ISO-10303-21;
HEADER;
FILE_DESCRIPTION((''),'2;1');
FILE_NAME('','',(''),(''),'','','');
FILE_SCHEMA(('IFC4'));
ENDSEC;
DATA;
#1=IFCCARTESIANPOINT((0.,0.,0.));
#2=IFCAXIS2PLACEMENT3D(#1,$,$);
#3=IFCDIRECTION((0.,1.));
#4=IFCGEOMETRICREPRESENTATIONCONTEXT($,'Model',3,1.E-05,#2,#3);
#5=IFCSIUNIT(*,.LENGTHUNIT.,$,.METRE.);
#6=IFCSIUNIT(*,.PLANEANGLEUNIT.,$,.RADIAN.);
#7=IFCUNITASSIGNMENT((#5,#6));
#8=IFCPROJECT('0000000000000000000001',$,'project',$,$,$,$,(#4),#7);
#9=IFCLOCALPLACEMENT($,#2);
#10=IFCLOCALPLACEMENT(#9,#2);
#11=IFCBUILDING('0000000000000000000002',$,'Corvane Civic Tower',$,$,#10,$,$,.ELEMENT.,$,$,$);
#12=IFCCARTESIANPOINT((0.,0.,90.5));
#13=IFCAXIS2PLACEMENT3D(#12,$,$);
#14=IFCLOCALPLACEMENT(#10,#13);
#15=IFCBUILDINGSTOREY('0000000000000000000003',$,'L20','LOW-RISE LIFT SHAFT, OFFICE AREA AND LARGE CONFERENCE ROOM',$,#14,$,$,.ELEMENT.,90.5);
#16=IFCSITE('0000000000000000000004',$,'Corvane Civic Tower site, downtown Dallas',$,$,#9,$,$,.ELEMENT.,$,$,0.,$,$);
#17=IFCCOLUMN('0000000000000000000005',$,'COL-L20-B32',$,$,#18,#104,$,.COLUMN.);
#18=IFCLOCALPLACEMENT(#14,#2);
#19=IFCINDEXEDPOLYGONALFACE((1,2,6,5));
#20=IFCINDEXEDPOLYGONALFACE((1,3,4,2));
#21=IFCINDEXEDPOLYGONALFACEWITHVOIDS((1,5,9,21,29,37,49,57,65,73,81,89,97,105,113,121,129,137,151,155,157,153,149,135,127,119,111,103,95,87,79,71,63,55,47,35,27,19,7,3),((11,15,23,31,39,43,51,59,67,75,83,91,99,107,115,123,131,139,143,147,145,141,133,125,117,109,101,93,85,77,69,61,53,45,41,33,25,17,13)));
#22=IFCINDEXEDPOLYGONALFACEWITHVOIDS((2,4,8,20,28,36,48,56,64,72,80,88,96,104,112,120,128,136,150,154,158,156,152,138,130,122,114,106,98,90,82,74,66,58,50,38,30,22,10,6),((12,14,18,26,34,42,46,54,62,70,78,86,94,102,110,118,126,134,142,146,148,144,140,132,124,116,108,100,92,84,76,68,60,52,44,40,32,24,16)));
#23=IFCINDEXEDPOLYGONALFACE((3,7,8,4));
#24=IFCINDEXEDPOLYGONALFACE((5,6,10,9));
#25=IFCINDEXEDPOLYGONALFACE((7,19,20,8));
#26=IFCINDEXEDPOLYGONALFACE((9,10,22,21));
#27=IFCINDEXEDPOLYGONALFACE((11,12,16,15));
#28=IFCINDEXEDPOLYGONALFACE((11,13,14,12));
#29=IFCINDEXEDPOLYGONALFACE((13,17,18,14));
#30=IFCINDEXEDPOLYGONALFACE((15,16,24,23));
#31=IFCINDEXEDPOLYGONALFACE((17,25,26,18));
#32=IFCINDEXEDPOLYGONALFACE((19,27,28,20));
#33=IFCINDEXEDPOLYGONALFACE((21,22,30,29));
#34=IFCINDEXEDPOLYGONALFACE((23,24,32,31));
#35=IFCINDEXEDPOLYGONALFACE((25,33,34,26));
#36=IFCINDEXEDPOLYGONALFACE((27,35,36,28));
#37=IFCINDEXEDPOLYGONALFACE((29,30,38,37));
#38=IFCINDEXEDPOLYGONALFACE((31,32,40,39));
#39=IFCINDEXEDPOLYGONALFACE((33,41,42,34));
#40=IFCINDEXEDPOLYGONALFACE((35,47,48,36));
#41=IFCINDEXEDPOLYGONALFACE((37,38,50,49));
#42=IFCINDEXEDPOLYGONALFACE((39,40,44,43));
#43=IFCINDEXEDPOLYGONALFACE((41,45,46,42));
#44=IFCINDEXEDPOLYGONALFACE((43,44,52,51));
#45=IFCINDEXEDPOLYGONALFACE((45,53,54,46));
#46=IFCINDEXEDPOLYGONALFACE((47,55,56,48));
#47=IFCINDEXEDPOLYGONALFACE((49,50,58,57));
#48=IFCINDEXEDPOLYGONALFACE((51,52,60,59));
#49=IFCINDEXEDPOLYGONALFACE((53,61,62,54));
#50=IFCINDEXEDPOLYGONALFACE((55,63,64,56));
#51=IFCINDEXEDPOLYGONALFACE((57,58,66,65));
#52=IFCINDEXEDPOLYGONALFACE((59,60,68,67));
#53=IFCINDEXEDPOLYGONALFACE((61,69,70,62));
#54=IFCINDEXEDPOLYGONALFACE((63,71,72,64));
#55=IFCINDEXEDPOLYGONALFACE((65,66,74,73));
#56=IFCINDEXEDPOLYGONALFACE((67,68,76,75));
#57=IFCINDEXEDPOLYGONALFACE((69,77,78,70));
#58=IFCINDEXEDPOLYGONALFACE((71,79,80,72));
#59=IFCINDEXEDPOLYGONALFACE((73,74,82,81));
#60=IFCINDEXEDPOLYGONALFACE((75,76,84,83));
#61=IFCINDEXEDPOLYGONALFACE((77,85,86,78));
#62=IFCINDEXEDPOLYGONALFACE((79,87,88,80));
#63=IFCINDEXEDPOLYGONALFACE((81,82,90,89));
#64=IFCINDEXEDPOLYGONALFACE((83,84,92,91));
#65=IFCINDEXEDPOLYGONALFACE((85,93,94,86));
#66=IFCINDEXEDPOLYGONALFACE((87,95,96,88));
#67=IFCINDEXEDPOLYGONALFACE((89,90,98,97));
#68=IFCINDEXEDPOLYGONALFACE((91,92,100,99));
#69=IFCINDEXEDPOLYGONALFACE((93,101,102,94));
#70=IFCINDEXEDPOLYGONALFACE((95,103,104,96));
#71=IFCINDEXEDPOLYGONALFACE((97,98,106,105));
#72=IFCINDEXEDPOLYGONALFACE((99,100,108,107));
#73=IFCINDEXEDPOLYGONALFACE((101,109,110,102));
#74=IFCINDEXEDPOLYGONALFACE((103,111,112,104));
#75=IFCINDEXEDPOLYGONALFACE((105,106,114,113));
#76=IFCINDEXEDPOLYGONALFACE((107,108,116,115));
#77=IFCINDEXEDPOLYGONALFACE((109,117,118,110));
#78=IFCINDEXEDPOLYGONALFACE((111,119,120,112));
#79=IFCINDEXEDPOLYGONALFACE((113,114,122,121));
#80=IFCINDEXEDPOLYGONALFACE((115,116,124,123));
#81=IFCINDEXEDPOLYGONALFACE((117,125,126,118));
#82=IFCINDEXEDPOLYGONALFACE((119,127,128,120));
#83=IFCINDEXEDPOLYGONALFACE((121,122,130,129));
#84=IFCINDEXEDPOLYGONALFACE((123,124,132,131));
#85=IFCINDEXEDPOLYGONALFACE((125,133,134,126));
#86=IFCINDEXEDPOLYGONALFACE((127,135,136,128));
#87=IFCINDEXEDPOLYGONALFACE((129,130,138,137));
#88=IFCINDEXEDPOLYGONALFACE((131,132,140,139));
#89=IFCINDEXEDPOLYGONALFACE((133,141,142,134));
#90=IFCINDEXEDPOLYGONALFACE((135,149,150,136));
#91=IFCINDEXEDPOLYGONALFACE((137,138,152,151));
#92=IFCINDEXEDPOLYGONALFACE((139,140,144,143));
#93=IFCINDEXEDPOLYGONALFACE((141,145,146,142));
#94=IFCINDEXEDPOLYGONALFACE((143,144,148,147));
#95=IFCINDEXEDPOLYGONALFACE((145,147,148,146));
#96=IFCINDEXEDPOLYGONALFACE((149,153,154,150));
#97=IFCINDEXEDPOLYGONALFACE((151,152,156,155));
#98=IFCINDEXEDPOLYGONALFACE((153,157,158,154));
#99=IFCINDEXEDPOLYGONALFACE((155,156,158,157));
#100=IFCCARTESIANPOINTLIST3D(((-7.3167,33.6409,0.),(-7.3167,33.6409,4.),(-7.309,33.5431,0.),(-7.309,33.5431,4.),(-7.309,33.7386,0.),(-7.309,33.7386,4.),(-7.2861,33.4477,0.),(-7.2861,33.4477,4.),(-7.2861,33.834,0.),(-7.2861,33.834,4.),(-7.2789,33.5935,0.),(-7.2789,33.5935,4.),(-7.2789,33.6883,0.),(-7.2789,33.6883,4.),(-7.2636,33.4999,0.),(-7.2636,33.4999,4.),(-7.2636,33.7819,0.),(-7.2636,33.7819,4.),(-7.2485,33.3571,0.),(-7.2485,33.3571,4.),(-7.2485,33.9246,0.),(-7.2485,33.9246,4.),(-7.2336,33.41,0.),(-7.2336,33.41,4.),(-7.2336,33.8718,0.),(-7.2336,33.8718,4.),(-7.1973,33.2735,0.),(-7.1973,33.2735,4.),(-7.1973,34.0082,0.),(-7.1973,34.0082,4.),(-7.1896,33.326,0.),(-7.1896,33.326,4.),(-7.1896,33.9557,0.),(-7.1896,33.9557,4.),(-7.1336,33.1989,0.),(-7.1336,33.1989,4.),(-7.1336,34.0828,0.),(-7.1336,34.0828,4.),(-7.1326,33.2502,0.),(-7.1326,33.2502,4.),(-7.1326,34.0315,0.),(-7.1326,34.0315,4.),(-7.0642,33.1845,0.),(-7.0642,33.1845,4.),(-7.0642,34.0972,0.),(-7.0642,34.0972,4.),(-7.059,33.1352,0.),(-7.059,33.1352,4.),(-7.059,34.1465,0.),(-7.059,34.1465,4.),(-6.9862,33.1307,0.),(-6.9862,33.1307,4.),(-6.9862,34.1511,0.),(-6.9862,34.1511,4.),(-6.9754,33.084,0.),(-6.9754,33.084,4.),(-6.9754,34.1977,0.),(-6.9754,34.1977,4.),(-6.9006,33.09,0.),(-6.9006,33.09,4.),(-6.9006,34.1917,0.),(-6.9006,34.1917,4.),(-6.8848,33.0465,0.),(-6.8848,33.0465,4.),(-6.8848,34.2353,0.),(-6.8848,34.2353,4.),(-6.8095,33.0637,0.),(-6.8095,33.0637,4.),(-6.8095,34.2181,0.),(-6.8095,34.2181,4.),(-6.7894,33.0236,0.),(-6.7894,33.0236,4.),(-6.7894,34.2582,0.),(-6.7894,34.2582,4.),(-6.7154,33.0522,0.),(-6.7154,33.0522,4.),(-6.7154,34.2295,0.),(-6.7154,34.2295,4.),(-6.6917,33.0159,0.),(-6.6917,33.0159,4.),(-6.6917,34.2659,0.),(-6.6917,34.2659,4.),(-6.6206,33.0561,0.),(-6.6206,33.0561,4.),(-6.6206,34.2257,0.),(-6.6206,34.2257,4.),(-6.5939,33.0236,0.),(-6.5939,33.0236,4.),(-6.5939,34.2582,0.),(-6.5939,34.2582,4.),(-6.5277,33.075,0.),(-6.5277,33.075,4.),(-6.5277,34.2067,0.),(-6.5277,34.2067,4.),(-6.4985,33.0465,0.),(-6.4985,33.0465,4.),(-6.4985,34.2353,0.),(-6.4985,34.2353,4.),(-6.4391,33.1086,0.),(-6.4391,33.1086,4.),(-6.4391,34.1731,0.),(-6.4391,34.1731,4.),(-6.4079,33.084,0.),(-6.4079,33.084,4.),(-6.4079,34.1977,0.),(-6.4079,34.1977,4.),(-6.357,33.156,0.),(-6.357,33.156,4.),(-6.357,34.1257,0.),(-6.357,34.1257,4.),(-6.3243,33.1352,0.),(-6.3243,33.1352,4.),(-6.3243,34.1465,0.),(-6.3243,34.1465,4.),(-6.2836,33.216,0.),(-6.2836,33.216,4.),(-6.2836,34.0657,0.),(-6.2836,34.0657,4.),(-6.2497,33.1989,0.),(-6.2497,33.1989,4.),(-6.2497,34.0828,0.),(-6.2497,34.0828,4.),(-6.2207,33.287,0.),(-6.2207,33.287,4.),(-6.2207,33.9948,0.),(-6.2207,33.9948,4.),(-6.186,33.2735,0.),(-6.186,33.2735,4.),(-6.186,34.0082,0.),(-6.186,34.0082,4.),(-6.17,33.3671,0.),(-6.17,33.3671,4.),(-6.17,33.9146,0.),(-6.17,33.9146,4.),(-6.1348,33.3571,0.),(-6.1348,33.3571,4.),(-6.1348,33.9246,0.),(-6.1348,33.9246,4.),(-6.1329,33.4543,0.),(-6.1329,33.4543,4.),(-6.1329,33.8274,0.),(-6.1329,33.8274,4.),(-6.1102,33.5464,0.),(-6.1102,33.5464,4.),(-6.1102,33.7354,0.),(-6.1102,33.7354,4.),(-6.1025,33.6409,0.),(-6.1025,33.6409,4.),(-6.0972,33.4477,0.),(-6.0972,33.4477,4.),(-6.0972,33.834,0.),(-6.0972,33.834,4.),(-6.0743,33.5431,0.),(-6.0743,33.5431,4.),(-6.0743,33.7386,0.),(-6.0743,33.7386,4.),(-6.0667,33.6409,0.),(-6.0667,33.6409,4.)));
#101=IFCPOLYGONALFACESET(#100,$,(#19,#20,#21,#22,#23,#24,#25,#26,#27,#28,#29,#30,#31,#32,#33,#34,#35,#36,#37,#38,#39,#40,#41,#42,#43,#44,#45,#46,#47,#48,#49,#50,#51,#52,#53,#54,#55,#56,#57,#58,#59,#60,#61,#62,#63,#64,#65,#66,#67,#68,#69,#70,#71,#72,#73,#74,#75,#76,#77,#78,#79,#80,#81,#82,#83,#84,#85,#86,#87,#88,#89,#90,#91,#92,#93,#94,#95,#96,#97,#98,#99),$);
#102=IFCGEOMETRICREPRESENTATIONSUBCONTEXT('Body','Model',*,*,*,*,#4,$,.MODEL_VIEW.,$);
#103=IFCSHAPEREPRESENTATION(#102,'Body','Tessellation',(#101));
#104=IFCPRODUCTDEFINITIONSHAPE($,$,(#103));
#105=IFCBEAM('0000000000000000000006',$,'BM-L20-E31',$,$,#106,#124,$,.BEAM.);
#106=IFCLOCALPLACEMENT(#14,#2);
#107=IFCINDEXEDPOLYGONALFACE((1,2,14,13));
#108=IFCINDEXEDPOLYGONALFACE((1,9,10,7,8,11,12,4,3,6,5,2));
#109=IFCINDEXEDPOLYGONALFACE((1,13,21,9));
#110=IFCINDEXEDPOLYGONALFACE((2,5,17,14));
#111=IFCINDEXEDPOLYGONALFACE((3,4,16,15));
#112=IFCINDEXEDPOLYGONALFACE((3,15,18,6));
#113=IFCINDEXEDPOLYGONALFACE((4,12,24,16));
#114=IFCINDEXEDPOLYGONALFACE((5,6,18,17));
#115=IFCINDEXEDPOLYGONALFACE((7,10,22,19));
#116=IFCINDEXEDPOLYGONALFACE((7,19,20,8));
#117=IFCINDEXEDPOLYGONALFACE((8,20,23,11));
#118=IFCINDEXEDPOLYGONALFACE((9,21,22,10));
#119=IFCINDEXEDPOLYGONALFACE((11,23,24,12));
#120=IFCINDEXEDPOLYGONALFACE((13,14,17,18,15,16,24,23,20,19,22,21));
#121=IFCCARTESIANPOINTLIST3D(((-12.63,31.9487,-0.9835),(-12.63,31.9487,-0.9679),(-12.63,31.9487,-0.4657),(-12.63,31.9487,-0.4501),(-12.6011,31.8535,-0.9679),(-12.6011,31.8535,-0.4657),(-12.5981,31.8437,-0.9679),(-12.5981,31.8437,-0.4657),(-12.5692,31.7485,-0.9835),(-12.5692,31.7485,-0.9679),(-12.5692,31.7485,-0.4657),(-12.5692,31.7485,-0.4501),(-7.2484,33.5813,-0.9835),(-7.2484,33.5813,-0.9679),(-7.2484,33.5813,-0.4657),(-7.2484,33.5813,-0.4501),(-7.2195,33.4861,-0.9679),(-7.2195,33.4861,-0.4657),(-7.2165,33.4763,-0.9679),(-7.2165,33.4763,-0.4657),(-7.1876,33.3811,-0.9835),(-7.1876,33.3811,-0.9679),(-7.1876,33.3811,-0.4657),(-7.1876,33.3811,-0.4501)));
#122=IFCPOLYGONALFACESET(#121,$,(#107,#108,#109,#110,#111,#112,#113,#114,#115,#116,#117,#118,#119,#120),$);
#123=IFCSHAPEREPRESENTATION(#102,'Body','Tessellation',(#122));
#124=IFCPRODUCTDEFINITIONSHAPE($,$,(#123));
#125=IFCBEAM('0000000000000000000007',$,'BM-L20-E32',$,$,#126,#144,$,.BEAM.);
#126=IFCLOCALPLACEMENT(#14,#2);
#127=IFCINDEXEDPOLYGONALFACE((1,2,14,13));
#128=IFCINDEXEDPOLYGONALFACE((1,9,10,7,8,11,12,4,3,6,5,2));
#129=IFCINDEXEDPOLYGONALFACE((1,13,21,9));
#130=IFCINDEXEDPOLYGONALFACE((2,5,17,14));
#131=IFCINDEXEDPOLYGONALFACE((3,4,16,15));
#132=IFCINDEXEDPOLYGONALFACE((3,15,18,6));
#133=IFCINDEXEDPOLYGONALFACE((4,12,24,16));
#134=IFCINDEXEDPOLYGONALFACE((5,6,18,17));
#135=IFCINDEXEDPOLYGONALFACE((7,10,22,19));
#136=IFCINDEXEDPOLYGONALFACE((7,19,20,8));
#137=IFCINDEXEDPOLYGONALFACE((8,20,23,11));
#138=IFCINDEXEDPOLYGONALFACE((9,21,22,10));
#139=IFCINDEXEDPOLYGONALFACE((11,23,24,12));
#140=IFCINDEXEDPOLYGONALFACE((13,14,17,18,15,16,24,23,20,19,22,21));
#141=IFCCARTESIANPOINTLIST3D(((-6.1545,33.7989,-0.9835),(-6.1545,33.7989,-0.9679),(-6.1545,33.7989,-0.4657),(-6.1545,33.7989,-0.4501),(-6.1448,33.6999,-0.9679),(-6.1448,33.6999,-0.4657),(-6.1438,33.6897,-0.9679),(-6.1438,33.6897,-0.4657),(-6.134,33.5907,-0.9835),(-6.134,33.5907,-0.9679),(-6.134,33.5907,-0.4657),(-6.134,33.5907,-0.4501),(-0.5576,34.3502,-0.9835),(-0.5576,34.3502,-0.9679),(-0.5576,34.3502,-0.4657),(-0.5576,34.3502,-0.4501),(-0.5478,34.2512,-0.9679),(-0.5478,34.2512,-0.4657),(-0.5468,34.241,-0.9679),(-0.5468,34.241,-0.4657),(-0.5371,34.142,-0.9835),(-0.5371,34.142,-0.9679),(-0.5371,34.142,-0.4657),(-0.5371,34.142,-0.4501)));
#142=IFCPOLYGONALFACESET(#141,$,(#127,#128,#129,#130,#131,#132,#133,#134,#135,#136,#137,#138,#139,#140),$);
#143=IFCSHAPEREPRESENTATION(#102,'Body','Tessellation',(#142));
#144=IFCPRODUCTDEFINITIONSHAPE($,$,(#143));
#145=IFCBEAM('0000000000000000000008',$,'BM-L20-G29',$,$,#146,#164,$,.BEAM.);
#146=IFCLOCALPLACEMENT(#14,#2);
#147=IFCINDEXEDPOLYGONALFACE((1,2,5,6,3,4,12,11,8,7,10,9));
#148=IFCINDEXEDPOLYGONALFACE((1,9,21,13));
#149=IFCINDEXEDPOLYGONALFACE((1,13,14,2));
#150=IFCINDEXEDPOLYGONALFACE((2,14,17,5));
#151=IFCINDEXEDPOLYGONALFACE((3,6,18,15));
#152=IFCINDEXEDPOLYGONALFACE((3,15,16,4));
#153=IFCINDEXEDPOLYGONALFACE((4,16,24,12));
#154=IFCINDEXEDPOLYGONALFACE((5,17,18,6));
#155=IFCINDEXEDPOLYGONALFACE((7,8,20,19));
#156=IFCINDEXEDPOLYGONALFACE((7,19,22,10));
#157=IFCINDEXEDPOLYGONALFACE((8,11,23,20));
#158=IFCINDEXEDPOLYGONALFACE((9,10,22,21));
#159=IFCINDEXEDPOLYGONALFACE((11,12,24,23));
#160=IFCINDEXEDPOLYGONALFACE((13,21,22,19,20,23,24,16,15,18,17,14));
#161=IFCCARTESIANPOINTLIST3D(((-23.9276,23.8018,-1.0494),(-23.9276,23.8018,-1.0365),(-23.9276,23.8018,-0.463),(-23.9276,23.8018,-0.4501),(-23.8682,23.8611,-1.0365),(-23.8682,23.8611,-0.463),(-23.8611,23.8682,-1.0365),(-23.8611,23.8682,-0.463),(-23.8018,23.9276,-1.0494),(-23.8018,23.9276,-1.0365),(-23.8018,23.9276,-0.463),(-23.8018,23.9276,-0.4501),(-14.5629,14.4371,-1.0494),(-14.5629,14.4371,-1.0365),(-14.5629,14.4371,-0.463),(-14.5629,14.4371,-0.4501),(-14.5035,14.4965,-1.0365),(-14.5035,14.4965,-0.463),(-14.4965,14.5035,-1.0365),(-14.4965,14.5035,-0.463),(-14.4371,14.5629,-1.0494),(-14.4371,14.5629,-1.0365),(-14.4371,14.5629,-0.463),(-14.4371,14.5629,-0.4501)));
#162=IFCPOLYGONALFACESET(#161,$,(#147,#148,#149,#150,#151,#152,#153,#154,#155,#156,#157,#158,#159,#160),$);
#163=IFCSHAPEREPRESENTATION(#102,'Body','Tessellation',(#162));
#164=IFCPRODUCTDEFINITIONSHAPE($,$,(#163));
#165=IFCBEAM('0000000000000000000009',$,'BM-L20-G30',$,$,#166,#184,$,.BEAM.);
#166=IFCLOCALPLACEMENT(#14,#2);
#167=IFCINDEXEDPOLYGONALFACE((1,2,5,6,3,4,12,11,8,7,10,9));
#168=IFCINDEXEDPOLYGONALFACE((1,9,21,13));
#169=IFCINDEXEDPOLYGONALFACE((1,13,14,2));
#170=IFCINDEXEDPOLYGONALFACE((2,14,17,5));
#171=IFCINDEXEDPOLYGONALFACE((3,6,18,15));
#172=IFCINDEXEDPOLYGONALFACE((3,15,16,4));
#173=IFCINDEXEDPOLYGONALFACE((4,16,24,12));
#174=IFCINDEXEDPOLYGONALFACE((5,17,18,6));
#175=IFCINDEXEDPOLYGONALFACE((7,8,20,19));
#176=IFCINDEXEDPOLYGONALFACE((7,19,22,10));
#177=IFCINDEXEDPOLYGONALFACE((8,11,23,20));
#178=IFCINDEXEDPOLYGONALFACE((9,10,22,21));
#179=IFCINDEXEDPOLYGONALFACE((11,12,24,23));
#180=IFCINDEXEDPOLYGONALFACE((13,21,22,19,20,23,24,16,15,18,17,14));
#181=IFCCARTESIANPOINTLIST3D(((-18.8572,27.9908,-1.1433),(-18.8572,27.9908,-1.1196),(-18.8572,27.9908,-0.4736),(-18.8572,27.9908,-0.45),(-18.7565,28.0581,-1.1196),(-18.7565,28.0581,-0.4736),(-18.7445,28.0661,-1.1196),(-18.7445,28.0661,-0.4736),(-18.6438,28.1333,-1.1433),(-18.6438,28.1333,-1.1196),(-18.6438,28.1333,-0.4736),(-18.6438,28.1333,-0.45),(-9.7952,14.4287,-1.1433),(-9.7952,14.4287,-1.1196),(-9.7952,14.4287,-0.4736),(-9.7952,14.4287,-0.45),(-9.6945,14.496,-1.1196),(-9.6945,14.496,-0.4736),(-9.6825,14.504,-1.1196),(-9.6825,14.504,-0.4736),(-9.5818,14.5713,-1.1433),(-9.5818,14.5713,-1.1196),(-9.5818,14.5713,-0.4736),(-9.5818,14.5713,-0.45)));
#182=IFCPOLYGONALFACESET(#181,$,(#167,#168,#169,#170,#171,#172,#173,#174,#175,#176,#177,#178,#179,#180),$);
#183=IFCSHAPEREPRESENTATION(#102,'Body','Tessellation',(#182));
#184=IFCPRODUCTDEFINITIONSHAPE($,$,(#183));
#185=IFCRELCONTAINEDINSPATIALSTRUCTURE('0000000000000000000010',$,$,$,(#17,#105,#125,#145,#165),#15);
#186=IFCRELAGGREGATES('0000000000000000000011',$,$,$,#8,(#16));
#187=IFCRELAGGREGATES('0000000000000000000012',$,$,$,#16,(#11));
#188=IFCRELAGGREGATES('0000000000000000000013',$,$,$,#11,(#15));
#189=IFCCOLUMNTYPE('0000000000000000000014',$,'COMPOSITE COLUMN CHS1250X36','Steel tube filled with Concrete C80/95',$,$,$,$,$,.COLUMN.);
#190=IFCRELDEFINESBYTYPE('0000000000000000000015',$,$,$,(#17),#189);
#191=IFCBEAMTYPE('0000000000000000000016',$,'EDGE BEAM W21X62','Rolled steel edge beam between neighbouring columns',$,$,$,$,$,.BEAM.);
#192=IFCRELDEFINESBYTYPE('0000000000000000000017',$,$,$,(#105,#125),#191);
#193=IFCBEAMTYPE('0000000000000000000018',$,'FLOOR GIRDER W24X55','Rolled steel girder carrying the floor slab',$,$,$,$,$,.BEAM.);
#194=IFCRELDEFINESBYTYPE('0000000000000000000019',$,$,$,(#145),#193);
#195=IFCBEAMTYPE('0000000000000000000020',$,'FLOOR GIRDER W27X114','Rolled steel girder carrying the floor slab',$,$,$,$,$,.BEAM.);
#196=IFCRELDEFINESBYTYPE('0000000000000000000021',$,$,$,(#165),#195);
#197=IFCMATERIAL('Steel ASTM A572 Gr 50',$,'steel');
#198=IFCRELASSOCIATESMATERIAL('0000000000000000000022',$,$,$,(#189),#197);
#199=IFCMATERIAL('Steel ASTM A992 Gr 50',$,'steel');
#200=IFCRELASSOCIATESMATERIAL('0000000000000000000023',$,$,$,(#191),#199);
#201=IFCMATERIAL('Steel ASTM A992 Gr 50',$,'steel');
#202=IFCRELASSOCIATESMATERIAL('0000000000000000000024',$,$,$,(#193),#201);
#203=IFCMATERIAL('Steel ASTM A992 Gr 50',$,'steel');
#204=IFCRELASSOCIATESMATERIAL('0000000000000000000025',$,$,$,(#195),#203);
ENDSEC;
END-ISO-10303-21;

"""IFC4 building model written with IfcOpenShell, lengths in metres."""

from ifc_helpers import new_model, si_unit, direction, frame, origin, origin_2d, place, context, subcontext, project, spatial, hollow_circle, i_section, extrude, material, material_profile, profile_set, type_object, element, save


model = new_model("IFC4")

# Units and contexts
model_context = context("Model", 3, precision=1e-05, world=origin(), true_north=direction((0.0, 1.0)))
body_context = subcontext(model_context, "Body", "Model", "MODEL_VIEW")
ifc_project = project(units=[si_unit("LENGTHUNIT", "METRE"), si_unit("PLANEANGLEUNIT", "RADIAN")], contexts=[model_context])

# Site, building, storey
site_placement = place(None, origin())
site = spatial("IfcSite", under=ifc_project, at=site_placement, Name="Corvane Civic Tower site, downtown Dallas", CompositionType="ELEMENT", RefElevation=0.0)
building_placement = place(site_placement, origin())
building = spatial("IfcBuilding", under=site, at=building_placement, Name="Corvane Civic Tower", CompositionType="ELEMENT")
storey_placement = place(building_placement, frame((0.0, 0.0, 90.5)))
storey = spatial("IfcBuildingStorey", under=building, at=storey_placement, Name="L20", Description="LOW-RISE LIFT SHAFT, OFFICE AREA AND LARGE CONFERENCE ROOM", CompositionType="ELEMENT", Elevation=90.5)

# Column
ifc_material_1 = material(Name="Steel ASTM A572 Gr 50", Category="steel")
ifc_material_profile_1 = material_profile(ifc_material_1, hollow_circle(Radius=0.625, WallThickness=0.0359, at=origin_2d()), Name="CHS1250X36")
ifc_profile_set_1 = profile_set([ifc_material_profile_1], Name="Steel ASTM A572 Gr 50")
column_type = type_object("IfcColumnType", Name="COMPOSITE COLUMN CHS1250X36", Description="Steel tube filled with Concrete C80/95", PredefinedType="COLUMN", material=ifc_profile_set_1)
for number, where, z_axis, x_axis, name in (
    (1, (-6.6917, 33.6409, 0.0), (0.0, 0.0, 1.0), (1.0, 0.0, 0.0), "COL-L20-B32"),
):
    element("IfcColumn", number, at=place(storey_placement, frame(where, z_axis=z_axis, x_axis=x_axis)), inside=storey, type_object=column_type, Name=name, PredefinedType="COLUMN", context=body_context, shape_type="SweptSolid", body=[
        extrude(hollow_circle(Radius=0.625, WallThickness=0.0359, at=origin_2d()), origin(), (0.0, 0.0, 1.0), 4.0),
    ])

# Beams
ifc_material_2 = material(Name="Steel ASTM A992 Gr 50", Category="steel")
ifc_material_profile_2 = material_profile(ifc_material_2, i_section(OverallWidth=0.2092, OverallDepth=0.5334, WebThickness=0.0103, FlangeThickness=0.0156, at=origin_2d()), Name="W21X62")
ifc_profile_set_2 = profile_set([ifc_material_profile_2], Name="Steel ASTM A992 Gr 50")
beam_type_1 = type_object("IfcBeamType", Name="EDGE BEAM W21X62", Description="Rolled steel edge beam between neighbouring columns", PredefinedType="BEAM", material=ifc_profile_set_2)
beam_1_placement = place(storey_placement, frame((-12.5996, 31.8486, -0.7168), z_axis=(0.956936, 0.290298, 0.0), x_axis=(-0.290298, 0.956936, 0.0)))
element("IfcBeam", 2, at=beam_1_placement, inside=storey, type_object=beam_type_1, Name="BM-L20-E31", PredefinedType="BEAM", context=body_context, shape_type="SweptSolid", body=[
    extrude(i_section(OverallWidth=0.2092, OverallDepth=0.5334, WebThickness=0.0103, FlangeThickness=0.0156, at=origin_2d()), origin(), (0.0, 0.0, 1.0), 5.6238),
])
beam_2_placement = place(storey_placement, frame((-6.1443, 33.6948, -0.7168), z_axis=(0.995184, 0.098021, 0.0), x_axis=(-0.098021, 0.995184, 0.0)))
element("IfcBeam", 3, at=beam_2_placement, inside=storey, type_object=beam_type_1, Name="BM-L20-E32", PredefinedType="BEAM", context=body_context, shape_type="SweptSolid", body=[
    extrude(i_section(OverallWidth=0.2092, OverallDepth=0.5334, WebThickness=0.0103, FlangeThickness=0.0156, at=origin_2d()), origin(), (0.0, 0.0, 1.0), 5.624),
])
ifc_material_3 = material(Name="Steel ASTM A992 Gr 50", Category="steel")
ifc_material_profile_3 = material_profile(ifc_material_3, i_section(OverallWidth=0.178, OverallDepth=0.5994, WebThickness=0.01, FlangeThickness=0.0129, at=origin_2d()), Name="W24X55")
ifc_profile_set_3 = profile_set([ifc_material_profile_3], Name="Steel ASTM A992 Gr 50")
beam_type_2 = type_object("IfcBeamType", Name="FLOOR GIRDER W24X55", Description="Rolled steel girder carrying the floor slab", PredefinedType="BEAM", material=ifc_profile_set_3)
beam_3_placement = place(storey_placement, frame((-14.5, 14.5, -0.7498), z_axis=(-0.707107, 0.707107, 0.0), x_axis=(-0.707107, -0.707107, 0.0)))
element("IfcBeam", 4, at=beam_3_placement, inside=storey, type_object=beam_type_2, Name="BM-L20-G29", PredefinedType="BEAM", context=body_context, shape_type="SweptSolid", body=[
    extrude(i_section(OverallWidth=0.178, OverallDepth=0.5994, WebThickness=0.01, FlangeThickness=0.0129, at=origin_2d()), origin(), (0.0, 0.0, 1.0), 13.2437),
])
ifc_material_4 = material(Name="Steel ASTM A992 Gr 50", Category="steel")
ifc_material_profile_4 = material_profile(ifc_material_4, i_section(OverallWidth=0.2566, OverallDepth=0.6934, WebThickness=0.0144, FlangeThickness=0.0237, at=origin_2d()), Name="W27X114")
ifc_profile_set_4 = profile_set([ifc_material_profile_4], Name="Steel ASTM A992 Gr 50")
beam_type_3 = type_object("IfcBeamType", Name="FLOOR GIRDER W27X114", Description="Rolled steel girder carrying the floor slab", PredefinedType="BEAM", material=ifc_profile_set_4)
beam_4_placement = place(storey_placement, frame((-9.6885, 14.5, -0.7966), z_axis=(-0.555577, 0.831465, 0.0), x_axis=(-0.831465, -0.555577, 0.0)))
element("IfcBeam", 5, at=beam_4_placement, inside=storey, type_object=beam_type_3, Name="BM-L20-G30", PredefinedType="BEAM", context=body_context, shape_type="SweptSolid", body=[
    extrude(i_section(OverallWidth=0.2566, OverallDepth=0.6934, WebThickness=0.0144, FlangeThickness=0.0237, at=origin_2d()), origin(), (0.0, 0.0, 1.0), 16.311),
])

save(model, "model.ifc")
